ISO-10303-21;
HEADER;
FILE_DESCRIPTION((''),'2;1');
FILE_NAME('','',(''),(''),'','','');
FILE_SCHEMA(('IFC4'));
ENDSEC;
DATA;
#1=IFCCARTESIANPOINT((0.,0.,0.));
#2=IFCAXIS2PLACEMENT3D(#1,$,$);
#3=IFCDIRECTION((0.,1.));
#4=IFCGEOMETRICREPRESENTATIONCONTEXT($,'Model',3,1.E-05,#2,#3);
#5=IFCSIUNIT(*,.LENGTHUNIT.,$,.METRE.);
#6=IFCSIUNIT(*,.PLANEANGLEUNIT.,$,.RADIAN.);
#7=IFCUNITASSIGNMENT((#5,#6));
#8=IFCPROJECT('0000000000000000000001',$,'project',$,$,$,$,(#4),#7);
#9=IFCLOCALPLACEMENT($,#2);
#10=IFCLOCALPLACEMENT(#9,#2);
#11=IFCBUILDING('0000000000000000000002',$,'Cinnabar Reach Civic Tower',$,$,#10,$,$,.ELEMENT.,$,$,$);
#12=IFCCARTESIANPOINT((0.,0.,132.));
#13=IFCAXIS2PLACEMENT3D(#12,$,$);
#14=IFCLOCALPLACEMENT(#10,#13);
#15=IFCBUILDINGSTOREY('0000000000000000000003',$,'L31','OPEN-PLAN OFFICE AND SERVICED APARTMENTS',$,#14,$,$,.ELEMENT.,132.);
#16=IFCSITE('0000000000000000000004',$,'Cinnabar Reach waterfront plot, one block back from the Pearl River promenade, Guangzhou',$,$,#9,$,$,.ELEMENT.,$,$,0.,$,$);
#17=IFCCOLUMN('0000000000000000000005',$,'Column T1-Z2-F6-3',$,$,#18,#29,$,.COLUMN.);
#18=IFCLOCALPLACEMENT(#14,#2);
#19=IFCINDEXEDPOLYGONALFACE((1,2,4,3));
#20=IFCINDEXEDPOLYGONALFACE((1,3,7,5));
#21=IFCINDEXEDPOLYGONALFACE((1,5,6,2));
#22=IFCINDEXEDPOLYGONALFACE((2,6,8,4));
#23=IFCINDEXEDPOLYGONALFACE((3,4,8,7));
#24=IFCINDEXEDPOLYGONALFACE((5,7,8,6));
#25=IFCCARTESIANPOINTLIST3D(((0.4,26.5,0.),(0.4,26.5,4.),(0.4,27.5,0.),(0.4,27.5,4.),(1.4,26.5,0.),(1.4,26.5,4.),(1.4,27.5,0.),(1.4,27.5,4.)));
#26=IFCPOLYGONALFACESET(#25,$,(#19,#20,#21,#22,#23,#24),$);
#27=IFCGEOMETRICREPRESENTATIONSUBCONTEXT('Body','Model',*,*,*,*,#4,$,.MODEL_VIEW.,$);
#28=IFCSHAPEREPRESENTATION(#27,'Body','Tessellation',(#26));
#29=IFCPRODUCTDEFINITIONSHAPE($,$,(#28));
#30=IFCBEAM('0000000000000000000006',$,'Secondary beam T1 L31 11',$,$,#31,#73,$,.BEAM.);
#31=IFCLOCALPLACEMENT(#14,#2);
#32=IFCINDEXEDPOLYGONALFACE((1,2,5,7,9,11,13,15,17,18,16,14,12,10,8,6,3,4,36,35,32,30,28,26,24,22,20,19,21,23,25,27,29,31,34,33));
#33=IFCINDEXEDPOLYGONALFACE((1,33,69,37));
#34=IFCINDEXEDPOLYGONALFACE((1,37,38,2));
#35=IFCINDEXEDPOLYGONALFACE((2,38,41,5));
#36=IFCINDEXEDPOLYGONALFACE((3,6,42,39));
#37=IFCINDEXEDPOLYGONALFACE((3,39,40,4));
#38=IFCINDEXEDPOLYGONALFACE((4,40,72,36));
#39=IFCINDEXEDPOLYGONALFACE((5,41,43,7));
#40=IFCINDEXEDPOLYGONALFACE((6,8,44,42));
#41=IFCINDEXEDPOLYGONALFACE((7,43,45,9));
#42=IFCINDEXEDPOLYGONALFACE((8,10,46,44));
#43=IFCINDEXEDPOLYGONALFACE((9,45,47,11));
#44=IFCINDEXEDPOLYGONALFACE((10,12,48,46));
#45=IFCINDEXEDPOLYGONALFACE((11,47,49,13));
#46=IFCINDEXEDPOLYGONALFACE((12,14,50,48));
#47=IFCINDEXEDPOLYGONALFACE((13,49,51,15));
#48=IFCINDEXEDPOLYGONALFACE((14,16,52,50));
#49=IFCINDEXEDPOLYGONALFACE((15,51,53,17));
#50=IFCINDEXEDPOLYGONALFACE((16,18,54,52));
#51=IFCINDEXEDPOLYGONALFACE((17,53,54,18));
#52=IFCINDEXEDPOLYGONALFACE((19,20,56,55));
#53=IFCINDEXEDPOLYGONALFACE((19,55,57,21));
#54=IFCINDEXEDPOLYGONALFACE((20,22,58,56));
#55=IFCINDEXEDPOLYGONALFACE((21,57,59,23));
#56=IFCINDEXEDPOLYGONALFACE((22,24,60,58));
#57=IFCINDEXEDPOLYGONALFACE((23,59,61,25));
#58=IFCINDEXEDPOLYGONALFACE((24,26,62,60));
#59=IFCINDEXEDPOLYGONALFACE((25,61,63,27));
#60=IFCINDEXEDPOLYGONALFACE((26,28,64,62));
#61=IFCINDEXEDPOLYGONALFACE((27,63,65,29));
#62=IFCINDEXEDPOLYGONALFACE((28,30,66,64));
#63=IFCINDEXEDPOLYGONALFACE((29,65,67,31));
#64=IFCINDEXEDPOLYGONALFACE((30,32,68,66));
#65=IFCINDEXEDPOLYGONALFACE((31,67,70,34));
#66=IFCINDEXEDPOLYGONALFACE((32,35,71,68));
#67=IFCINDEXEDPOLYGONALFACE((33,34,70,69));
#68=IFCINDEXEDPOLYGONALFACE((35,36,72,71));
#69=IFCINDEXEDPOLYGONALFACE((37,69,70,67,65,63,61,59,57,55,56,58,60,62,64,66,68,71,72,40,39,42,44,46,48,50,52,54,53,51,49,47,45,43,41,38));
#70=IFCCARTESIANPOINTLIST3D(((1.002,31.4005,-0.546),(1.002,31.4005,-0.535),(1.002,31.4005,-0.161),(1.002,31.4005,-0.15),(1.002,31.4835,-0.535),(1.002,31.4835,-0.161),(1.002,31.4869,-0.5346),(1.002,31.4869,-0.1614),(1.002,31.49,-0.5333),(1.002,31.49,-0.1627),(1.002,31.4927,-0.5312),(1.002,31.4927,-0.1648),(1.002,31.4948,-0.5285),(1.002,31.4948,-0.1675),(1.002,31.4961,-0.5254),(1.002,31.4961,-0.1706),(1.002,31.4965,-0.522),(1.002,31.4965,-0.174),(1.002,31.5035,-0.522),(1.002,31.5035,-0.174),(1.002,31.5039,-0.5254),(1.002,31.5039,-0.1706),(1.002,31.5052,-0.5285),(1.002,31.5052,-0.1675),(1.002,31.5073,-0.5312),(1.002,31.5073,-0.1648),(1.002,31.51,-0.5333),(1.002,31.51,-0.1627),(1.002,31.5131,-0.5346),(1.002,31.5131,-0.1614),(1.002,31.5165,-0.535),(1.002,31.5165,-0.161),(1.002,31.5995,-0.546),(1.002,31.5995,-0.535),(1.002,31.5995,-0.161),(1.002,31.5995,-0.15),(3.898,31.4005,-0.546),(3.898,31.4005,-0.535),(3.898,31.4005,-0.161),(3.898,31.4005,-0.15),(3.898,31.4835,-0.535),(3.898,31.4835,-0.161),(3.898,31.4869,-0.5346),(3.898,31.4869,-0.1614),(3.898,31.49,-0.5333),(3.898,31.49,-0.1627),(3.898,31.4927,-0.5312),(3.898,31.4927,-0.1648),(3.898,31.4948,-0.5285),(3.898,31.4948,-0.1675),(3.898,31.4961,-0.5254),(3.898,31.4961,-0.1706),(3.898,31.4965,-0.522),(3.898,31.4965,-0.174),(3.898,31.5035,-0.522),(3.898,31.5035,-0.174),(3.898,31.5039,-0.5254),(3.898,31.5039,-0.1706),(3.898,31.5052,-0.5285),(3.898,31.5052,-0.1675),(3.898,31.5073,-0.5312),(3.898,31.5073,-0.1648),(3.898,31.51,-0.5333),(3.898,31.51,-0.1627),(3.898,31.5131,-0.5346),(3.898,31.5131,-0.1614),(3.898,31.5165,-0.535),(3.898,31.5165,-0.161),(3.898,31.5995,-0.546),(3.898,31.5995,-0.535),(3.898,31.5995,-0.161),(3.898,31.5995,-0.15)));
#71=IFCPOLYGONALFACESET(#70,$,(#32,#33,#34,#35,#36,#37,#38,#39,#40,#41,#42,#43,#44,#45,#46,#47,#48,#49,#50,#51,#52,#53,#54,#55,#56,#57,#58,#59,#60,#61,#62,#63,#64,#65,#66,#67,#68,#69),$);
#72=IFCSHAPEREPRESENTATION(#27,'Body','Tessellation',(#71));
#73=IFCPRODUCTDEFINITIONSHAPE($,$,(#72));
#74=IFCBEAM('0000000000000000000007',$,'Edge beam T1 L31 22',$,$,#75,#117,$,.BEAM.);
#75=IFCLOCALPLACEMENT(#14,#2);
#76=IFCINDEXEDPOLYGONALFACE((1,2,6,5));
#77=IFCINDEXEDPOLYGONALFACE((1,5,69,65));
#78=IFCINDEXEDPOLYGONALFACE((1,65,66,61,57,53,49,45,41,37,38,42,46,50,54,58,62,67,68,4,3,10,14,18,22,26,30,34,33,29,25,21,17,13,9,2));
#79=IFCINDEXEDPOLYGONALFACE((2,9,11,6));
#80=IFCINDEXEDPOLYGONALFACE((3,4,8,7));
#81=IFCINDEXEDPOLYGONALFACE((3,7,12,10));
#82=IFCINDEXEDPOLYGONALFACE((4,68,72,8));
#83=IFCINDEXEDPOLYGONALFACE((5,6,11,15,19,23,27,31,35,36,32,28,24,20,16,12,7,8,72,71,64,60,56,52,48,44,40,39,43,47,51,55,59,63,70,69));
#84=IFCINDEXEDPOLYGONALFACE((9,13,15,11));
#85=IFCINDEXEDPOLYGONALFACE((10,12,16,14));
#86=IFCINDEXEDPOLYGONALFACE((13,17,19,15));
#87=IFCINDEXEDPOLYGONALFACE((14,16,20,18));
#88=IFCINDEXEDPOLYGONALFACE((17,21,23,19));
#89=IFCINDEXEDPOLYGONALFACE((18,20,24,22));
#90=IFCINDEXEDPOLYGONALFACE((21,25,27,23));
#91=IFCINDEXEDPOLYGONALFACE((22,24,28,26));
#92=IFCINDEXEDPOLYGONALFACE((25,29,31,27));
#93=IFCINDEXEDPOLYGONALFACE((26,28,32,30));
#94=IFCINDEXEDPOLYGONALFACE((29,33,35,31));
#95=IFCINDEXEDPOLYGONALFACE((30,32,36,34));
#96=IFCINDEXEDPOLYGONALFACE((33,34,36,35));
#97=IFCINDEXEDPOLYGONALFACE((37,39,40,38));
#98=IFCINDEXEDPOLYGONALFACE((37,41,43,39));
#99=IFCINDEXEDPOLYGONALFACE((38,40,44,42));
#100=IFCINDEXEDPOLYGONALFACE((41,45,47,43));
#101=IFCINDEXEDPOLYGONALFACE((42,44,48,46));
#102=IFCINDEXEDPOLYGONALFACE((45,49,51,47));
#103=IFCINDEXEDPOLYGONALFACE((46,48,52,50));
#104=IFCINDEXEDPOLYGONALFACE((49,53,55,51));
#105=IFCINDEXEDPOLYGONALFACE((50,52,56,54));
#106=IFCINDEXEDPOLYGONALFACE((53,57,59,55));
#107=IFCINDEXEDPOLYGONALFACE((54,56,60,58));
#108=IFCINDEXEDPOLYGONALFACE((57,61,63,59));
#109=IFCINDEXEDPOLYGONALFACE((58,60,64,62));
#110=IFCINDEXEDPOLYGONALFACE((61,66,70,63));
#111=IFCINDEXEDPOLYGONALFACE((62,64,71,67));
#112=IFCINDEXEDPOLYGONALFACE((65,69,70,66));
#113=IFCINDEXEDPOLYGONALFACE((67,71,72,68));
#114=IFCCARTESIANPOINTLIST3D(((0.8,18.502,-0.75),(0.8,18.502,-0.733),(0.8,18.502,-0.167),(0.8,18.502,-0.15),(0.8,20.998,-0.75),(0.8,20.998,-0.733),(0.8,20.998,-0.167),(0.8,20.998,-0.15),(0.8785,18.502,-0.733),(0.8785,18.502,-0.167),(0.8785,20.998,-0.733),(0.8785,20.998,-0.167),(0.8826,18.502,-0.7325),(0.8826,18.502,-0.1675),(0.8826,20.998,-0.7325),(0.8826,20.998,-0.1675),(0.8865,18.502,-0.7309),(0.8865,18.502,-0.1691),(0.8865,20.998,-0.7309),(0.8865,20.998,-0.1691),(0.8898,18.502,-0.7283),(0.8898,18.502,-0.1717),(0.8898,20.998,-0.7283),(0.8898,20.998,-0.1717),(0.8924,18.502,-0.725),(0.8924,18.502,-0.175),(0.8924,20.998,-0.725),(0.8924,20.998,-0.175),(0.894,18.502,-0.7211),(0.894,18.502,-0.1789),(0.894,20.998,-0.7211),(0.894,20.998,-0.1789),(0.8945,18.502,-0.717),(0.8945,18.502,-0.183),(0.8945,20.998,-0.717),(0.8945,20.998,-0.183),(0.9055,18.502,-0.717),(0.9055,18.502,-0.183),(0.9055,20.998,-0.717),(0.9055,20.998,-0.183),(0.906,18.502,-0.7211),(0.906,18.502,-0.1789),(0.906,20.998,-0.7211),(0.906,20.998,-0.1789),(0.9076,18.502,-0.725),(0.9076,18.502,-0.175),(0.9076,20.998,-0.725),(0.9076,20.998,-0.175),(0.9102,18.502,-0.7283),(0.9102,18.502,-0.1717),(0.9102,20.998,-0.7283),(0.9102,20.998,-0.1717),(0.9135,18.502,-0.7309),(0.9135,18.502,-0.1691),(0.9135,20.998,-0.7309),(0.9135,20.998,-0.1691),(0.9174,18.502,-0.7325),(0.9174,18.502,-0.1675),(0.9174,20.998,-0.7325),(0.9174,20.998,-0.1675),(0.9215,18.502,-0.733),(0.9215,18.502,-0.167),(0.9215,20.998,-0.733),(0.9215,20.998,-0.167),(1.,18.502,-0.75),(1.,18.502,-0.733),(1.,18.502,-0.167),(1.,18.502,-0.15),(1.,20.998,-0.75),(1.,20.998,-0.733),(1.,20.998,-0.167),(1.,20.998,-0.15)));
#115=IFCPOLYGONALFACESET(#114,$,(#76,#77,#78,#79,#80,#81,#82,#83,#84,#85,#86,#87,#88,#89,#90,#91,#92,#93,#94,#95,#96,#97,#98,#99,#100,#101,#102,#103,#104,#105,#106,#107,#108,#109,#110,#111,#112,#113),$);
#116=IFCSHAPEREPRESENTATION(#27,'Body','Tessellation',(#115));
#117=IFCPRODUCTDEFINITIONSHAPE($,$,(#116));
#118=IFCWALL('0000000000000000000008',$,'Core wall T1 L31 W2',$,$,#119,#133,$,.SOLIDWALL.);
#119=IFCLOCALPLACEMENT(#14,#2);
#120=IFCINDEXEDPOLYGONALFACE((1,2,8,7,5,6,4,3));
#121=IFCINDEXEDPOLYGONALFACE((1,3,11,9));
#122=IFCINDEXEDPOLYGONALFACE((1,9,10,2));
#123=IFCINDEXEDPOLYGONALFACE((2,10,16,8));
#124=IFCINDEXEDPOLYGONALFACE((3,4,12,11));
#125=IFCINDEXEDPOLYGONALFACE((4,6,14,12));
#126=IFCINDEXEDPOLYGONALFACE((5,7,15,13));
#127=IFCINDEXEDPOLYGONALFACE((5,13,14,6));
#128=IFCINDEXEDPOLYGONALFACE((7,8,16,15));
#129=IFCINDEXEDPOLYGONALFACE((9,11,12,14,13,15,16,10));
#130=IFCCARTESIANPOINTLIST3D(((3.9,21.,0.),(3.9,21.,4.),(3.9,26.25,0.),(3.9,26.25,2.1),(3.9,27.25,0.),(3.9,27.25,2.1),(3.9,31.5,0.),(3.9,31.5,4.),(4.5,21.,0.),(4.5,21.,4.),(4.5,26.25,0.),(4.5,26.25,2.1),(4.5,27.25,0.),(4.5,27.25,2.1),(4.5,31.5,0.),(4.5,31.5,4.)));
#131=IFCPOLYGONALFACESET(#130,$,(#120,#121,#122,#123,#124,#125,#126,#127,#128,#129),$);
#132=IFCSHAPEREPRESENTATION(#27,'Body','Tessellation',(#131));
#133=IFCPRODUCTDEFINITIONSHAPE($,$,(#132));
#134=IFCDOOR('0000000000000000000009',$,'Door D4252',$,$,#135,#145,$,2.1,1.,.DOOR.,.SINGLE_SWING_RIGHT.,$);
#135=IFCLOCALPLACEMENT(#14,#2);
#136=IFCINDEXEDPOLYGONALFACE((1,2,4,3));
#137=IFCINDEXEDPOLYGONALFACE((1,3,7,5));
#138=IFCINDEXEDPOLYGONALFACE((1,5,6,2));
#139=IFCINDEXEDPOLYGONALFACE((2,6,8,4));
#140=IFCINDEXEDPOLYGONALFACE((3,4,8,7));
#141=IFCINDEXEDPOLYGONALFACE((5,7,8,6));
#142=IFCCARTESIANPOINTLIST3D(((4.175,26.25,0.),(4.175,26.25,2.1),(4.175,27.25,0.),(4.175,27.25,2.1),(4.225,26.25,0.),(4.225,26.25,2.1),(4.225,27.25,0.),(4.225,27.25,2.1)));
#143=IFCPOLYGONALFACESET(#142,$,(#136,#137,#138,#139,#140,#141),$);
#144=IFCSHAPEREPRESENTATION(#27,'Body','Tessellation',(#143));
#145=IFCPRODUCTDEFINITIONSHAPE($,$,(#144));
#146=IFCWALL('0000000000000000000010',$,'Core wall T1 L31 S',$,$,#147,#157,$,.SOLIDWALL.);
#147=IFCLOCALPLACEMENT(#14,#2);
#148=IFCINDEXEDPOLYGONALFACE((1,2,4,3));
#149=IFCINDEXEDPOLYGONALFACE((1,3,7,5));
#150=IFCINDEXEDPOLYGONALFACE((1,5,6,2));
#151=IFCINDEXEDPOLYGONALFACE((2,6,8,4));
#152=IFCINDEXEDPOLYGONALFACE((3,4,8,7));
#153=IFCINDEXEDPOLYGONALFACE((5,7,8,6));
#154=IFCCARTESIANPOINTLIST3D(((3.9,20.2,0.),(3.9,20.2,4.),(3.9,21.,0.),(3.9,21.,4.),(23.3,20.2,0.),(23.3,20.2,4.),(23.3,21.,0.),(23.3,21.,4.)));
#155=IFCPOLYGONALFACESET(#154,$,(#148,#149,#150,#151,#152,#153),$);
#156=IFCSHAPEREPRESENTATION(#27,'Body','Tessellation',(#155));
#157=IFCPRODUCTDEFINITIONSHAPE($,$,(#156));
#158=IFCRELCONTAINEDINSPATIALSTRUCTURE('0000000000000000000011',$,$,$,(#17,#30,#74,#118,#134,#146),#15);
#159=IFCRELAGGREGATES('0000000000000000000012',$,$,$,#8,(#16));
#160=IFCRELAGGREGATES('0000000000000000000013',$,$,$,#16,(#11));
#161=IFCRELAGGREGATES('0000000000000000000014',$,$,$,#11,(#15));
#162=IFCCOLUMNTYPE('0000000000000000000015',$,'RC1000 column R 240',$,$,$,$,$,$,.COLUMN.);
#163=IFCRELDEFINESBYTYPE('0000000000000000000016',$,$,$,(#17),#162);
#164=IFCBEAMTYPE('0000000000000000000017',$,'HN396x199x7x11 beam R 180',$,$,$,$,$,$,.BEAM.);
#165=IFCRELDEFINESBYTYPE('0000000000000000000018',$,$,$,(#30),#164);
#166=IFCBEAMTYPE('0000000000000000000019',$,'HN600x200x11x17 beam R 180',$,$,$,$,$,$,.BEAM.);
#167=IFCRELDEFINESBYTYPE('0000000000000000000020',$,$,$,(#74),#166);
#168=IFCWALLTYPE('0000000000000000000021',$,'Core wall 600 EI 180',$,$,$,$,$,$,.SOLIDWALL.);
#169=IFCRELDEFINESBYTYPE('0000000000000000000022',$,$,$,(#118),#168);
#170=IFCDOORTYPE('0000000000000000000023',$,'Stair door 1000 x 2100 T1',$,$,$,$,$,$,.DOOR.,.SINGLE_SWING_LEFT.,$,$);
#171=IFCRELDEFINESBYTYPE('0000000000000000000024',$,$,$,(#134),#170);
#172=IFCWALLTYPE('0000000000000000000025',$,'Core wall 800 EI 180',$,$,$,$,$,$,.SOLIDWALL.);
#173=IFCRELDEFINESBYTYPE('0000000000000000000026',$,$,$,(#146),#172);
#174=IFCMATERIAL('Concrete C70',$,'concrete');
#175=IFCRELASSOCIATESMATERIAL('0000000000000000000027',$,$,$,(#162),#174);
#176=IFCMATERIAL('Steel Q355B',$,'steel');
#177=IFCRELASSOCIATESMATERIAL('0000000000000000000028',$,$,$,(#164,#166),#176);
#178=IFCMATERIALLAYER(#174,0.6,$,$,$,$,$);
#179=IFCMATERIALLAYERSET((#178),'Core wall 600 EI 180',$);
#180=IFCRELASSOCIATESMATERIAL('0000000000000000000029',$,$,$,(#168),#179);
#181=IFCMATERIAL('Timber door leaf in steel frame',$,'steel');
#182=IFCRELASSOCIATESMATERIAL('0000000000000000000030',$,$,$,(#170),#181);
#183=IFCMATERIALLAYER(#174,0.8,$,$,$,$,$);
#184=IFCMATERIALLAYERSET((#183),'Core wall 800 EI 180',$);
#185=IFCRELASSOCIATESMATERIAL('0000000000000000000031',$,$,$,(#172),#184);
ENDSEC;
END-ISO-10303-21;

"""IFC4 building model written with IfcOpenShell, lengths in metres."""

from ifc_helpers import new_model, si_unit, direction, frame, frame_2d, origin, origin_2d, place, context, subcontext, project, spatial, rectangle, i_section, extrude, material, layer, layer_set, material_profile, profile_set, type_object, element, fill, save


model = new_model("IFC4")

# Units and contexts
model_context = context("Model", 3, precision=1e-05, world=origin(), true_north=direction((0.0, 1.0)))
body_context = subcontext(model_context, "Body", "Model", "MODEL_VIEW")
ifc_project = project(units=[si_unit("LENGTHUNIT", "METRE"), si_unit("PLANEANGLEUNIT", "RADIAN")], contexts=[model_context])

# Site, building, storey
site_placement = place(None, origin())
site = spatial("IfcSite", under=ifc_project, at=site_placement, Name="Cinnabar Reach waterfront plot, one block back from the Pearl River promenade, Guangzhou", CompositionType="ELEMENT", RefElevation=0.0)
building_placement = place(site_placement, origin())
building = spatial("IfcBuilding", under=site, at=building_placement, Name="Cinnabar Reach Civic Tower", CompositionType="ELEMENT")
storey_placement = place(building_placement, frame((0.0, 0.0, 132.0)))
storey = spatial("IfcBuildingStorey", under=building, at=storey_placement, Name="L31", Description="OPEN-PLAN OFFICE AND SERVICED APARTMENTS", CompositionType="ELEMENT", Elevation=132.0)

# Column
ifc_material_1 = material(Name="Concrete C70", Category="concrete")
ifc_material_profile_1 = material_profile(ifc_material_1, rectangle(XDim=1.0, YDim=1.0, at=origin_2d()), Name="RC1000")
ifc_profile_set_1 = profile_set([ifc_material_profile_1], Name="Concrete C70")
column_type = type_object("IfcColumnType", Name="RC1000 column R 240", PredefinedType="COLUMN", material=ifc_profile_set_1)
column_placement = place(storey_placement, frame((0.9, 27.0, 0.0), z_axis=(0.0, 0.0, 1.0), x_axis=(1.0, 0.0, 0.0)))
element("IfcColumn", 1, at=column_placement, inside=storey, type_object=column_type, Name="Column T1-Z2-F6-3", PredefinedType="COLUMN", context=body_context, shape_type="SweptSolid", body=[
    extrude(rectangle(XDim=1.0, YDim=1.0, at=origin_2d()), origin(), (0.0, 0.0, 1.0), 4.0),
])

# Beams
ifc_material_2 = material(Name="Steel Q355B", Category="steel")
ifc_material_profile_2 = material_profile(ifc_material_2, i_section(OverallWidth=0.199, OverallDepth=0.396, WebThickness=0.007, FlangeThickness=0.011, FilletRadius=0.013, at=origin_2d()), Name="HN396x199x7x11")
ifc_profile_set_2 = profile_set([ifc_material_profile_2], Name="Steel Q355B")
beam_type_1 = type_object("IfcBeamType", Name="HN396x199x7x11 beam R 180", PredefinedType="BEAM", material=ifc_profile_set_2)
beam_1_placement = place(storey_placement, frame((1.002, 31.5, -0.348), z_axis=(1.0, 0.0, 0.0), x_axis=(0.0, 1.0, 0.0)))
element("IfcBeam", 2, at=beam_1_placement, inside=storey, type_object=beam_type_1, Name="Secondary beam T1 L31 11", PredefinedType="BEAM", context=body_context, shape_type="SweptSolid", body=[
    extrude(i_section(OverallWidth=0.199, OverallDepth=0.396, WebThickness=0.007, FlangeThickness=0.011, FilletRadius=0.013, at=origin_2d()), origin(), (0.0, 0.0, 1.0), 2.896),
])
ifc_material_profile_3 = material_profile(ifc_material_2, i_section(OverallWidth=0.2, OverallDepth=0.6, WebThickness=0.011, FlangeThickness=0.017, FilletRadius=0.016, at=origin_2d()), Name="HN600x200x11x17")
ifc_profile_set_3 = profile_set([ifc_material_profile_3], Name="Steel Q355B")
beam_type_2 = type_object("IfcBeamType", Name="HN600x200x11x17 beam R 180", PredefinedType="BEAM", material=ifc_profile_set_3)
beam_2_placement = place(storey_placement, frame((0.9, 20.998, -0.45), z_axis=(0.0, -1.0, 0.0), x_axis=(1.0, 0.0, 0.0)))
element("IfcBeam", 3, at=beam_2_placement, inside=storey, type_object=beam_type_2, Name="Edge beam T1 L31 22", PredefinedType="BEAM", context=body_context, shape_type="SweptSolid", body=[
    extrude(i_section(OverallWidth=0.2, OverallDepth=0.6, WebThickness=0.011, FlangeThickness=0.017, FilletRadius=0.016, at=origin_2d()), origin(), (0.0, 0.0, 1.0), 2.496),
])

# Wall, opening, door
ifc_layer_1 = layer(ifc_material_1, 0.6)
ifc_layer_set_1 = layer_set([ifc_layer_1], Name="Core wall 600 EI 180")
wall_type_1 = type_object("IfcWallType", Name="Core wall 600 EI 180", PredefinedType="SOLIDWALL", material=ifc_layer_set_1)
wall_1_placement = place(storey_placement, frame((4.2, 31.5, 0.0), z_axis=(0.0, 0.0, 1.0), x_axis=(0.0, -1.0, 0.0)))
wall_1 = element("IfcWall", 4, at=wall_1_placement, inside=storey, type_object=wall_type_1, Name="Core wall T1 L31 W2", PredefinedType="SOLIDWALL", context=body_context, shape_type="SweptSolid", body=[
    extrude(rectangle(XDim=10.5, YDim=0.6, at=frame_2d((5.25, 0.0))), origin(), (0.0, 0.0, 1.0), 4.0),
])
opening_1_placement = place(wall_1_placement, frame((4.25, 0.0, 0.0)))
opening_1 = element("IfcOpeningElement", 5, at=opening_1_placement, cuts=wall_1, PredefinedType="OPENING", context=body_context, shape_type="SweptSolid", body=[
    extrude(rectangle(XDim=1.0, YDim=2.1, at=frame_2d((0.5, 1.05))), frame((0.0, 0.31, 0.0), z_axis=(0.0, -1.0, 0.0), x_axis=(1.0, 0.0, 0.0)), (0.0, 0.0, 1.0), 0.62),
])
ifc_material_3 = material(Name="Timber door leaf in steel frame", Category="steel")
door_type_1 = type_object("IfcDoorType", Name="Stair door 1000 x 2100 T1", OperationType="SINGLE_SWING_LEFT", PredefinedType="DOOR", material=ifc_material_3)
door_1_placement = place(opening_1_placement, frame((1.0, 0.0, 0.0), z_axis=(0.0, 0.0, 1.0), x_axis=(-1.0, 0.0, 0.0)))
door_1 = element("IfcDoor", 6, at=door_1_placement, inside=storey, type_object=door_type_1, Name="Door D4252", OperationType="SINGLE_SWING_RIGHT", OverallHeight=2.1, OverallWidth=1.0, PredefinedType="DOOR", context=body_context, shape_type="SweptSolid", body=[
    extrude(rectangle(XDim=1.0, YDim=2.1, at=frame_2d((0.5, 1.05))), frame((0.0, 0.025, 0.0), z_axis=(0.0, -1.0, 0.0), x_axis=(1.0, 0.0, 0.0)), (0.0, 0.0, 1.0), 0.05),
])
fill(opening_1, door_1)

# Wall
ifc_layer_2 = layer(ifc_material_1, 0.8)
ifc_layer_set_2 = layer_set([ifc_layer_2], Name="Core wall 800 EI 180")
wall_type_2 = type_object("IfcWallType", Name="Core wall 800 EI 180", PredefinedType="SOLIDWALL", material=ifc_layer_set_2)
wall_2_placement = place(storey_placement, frame((3.9, 20.6, 0.0), z_axis=(0.0, 0.0, 1.0), x_axis=(1.0, 0.0, 0.0)))
element("IfcWall", 7, at=wall_2_placement, inside=storey, type_object=wall_type_2, Name="Core wall T1 L31 S", PredefinedType="SOLIDWALL", context=body_context, shape_type="SweptSolid", body=[
    extrude(rectangle(XDim=19.4, YDim=0.8, at=frame_2d((9.7, 0.0))), origin(), (0.0, 0.0, 1.0), 4.0),
])

save(model, "model.ifc")
